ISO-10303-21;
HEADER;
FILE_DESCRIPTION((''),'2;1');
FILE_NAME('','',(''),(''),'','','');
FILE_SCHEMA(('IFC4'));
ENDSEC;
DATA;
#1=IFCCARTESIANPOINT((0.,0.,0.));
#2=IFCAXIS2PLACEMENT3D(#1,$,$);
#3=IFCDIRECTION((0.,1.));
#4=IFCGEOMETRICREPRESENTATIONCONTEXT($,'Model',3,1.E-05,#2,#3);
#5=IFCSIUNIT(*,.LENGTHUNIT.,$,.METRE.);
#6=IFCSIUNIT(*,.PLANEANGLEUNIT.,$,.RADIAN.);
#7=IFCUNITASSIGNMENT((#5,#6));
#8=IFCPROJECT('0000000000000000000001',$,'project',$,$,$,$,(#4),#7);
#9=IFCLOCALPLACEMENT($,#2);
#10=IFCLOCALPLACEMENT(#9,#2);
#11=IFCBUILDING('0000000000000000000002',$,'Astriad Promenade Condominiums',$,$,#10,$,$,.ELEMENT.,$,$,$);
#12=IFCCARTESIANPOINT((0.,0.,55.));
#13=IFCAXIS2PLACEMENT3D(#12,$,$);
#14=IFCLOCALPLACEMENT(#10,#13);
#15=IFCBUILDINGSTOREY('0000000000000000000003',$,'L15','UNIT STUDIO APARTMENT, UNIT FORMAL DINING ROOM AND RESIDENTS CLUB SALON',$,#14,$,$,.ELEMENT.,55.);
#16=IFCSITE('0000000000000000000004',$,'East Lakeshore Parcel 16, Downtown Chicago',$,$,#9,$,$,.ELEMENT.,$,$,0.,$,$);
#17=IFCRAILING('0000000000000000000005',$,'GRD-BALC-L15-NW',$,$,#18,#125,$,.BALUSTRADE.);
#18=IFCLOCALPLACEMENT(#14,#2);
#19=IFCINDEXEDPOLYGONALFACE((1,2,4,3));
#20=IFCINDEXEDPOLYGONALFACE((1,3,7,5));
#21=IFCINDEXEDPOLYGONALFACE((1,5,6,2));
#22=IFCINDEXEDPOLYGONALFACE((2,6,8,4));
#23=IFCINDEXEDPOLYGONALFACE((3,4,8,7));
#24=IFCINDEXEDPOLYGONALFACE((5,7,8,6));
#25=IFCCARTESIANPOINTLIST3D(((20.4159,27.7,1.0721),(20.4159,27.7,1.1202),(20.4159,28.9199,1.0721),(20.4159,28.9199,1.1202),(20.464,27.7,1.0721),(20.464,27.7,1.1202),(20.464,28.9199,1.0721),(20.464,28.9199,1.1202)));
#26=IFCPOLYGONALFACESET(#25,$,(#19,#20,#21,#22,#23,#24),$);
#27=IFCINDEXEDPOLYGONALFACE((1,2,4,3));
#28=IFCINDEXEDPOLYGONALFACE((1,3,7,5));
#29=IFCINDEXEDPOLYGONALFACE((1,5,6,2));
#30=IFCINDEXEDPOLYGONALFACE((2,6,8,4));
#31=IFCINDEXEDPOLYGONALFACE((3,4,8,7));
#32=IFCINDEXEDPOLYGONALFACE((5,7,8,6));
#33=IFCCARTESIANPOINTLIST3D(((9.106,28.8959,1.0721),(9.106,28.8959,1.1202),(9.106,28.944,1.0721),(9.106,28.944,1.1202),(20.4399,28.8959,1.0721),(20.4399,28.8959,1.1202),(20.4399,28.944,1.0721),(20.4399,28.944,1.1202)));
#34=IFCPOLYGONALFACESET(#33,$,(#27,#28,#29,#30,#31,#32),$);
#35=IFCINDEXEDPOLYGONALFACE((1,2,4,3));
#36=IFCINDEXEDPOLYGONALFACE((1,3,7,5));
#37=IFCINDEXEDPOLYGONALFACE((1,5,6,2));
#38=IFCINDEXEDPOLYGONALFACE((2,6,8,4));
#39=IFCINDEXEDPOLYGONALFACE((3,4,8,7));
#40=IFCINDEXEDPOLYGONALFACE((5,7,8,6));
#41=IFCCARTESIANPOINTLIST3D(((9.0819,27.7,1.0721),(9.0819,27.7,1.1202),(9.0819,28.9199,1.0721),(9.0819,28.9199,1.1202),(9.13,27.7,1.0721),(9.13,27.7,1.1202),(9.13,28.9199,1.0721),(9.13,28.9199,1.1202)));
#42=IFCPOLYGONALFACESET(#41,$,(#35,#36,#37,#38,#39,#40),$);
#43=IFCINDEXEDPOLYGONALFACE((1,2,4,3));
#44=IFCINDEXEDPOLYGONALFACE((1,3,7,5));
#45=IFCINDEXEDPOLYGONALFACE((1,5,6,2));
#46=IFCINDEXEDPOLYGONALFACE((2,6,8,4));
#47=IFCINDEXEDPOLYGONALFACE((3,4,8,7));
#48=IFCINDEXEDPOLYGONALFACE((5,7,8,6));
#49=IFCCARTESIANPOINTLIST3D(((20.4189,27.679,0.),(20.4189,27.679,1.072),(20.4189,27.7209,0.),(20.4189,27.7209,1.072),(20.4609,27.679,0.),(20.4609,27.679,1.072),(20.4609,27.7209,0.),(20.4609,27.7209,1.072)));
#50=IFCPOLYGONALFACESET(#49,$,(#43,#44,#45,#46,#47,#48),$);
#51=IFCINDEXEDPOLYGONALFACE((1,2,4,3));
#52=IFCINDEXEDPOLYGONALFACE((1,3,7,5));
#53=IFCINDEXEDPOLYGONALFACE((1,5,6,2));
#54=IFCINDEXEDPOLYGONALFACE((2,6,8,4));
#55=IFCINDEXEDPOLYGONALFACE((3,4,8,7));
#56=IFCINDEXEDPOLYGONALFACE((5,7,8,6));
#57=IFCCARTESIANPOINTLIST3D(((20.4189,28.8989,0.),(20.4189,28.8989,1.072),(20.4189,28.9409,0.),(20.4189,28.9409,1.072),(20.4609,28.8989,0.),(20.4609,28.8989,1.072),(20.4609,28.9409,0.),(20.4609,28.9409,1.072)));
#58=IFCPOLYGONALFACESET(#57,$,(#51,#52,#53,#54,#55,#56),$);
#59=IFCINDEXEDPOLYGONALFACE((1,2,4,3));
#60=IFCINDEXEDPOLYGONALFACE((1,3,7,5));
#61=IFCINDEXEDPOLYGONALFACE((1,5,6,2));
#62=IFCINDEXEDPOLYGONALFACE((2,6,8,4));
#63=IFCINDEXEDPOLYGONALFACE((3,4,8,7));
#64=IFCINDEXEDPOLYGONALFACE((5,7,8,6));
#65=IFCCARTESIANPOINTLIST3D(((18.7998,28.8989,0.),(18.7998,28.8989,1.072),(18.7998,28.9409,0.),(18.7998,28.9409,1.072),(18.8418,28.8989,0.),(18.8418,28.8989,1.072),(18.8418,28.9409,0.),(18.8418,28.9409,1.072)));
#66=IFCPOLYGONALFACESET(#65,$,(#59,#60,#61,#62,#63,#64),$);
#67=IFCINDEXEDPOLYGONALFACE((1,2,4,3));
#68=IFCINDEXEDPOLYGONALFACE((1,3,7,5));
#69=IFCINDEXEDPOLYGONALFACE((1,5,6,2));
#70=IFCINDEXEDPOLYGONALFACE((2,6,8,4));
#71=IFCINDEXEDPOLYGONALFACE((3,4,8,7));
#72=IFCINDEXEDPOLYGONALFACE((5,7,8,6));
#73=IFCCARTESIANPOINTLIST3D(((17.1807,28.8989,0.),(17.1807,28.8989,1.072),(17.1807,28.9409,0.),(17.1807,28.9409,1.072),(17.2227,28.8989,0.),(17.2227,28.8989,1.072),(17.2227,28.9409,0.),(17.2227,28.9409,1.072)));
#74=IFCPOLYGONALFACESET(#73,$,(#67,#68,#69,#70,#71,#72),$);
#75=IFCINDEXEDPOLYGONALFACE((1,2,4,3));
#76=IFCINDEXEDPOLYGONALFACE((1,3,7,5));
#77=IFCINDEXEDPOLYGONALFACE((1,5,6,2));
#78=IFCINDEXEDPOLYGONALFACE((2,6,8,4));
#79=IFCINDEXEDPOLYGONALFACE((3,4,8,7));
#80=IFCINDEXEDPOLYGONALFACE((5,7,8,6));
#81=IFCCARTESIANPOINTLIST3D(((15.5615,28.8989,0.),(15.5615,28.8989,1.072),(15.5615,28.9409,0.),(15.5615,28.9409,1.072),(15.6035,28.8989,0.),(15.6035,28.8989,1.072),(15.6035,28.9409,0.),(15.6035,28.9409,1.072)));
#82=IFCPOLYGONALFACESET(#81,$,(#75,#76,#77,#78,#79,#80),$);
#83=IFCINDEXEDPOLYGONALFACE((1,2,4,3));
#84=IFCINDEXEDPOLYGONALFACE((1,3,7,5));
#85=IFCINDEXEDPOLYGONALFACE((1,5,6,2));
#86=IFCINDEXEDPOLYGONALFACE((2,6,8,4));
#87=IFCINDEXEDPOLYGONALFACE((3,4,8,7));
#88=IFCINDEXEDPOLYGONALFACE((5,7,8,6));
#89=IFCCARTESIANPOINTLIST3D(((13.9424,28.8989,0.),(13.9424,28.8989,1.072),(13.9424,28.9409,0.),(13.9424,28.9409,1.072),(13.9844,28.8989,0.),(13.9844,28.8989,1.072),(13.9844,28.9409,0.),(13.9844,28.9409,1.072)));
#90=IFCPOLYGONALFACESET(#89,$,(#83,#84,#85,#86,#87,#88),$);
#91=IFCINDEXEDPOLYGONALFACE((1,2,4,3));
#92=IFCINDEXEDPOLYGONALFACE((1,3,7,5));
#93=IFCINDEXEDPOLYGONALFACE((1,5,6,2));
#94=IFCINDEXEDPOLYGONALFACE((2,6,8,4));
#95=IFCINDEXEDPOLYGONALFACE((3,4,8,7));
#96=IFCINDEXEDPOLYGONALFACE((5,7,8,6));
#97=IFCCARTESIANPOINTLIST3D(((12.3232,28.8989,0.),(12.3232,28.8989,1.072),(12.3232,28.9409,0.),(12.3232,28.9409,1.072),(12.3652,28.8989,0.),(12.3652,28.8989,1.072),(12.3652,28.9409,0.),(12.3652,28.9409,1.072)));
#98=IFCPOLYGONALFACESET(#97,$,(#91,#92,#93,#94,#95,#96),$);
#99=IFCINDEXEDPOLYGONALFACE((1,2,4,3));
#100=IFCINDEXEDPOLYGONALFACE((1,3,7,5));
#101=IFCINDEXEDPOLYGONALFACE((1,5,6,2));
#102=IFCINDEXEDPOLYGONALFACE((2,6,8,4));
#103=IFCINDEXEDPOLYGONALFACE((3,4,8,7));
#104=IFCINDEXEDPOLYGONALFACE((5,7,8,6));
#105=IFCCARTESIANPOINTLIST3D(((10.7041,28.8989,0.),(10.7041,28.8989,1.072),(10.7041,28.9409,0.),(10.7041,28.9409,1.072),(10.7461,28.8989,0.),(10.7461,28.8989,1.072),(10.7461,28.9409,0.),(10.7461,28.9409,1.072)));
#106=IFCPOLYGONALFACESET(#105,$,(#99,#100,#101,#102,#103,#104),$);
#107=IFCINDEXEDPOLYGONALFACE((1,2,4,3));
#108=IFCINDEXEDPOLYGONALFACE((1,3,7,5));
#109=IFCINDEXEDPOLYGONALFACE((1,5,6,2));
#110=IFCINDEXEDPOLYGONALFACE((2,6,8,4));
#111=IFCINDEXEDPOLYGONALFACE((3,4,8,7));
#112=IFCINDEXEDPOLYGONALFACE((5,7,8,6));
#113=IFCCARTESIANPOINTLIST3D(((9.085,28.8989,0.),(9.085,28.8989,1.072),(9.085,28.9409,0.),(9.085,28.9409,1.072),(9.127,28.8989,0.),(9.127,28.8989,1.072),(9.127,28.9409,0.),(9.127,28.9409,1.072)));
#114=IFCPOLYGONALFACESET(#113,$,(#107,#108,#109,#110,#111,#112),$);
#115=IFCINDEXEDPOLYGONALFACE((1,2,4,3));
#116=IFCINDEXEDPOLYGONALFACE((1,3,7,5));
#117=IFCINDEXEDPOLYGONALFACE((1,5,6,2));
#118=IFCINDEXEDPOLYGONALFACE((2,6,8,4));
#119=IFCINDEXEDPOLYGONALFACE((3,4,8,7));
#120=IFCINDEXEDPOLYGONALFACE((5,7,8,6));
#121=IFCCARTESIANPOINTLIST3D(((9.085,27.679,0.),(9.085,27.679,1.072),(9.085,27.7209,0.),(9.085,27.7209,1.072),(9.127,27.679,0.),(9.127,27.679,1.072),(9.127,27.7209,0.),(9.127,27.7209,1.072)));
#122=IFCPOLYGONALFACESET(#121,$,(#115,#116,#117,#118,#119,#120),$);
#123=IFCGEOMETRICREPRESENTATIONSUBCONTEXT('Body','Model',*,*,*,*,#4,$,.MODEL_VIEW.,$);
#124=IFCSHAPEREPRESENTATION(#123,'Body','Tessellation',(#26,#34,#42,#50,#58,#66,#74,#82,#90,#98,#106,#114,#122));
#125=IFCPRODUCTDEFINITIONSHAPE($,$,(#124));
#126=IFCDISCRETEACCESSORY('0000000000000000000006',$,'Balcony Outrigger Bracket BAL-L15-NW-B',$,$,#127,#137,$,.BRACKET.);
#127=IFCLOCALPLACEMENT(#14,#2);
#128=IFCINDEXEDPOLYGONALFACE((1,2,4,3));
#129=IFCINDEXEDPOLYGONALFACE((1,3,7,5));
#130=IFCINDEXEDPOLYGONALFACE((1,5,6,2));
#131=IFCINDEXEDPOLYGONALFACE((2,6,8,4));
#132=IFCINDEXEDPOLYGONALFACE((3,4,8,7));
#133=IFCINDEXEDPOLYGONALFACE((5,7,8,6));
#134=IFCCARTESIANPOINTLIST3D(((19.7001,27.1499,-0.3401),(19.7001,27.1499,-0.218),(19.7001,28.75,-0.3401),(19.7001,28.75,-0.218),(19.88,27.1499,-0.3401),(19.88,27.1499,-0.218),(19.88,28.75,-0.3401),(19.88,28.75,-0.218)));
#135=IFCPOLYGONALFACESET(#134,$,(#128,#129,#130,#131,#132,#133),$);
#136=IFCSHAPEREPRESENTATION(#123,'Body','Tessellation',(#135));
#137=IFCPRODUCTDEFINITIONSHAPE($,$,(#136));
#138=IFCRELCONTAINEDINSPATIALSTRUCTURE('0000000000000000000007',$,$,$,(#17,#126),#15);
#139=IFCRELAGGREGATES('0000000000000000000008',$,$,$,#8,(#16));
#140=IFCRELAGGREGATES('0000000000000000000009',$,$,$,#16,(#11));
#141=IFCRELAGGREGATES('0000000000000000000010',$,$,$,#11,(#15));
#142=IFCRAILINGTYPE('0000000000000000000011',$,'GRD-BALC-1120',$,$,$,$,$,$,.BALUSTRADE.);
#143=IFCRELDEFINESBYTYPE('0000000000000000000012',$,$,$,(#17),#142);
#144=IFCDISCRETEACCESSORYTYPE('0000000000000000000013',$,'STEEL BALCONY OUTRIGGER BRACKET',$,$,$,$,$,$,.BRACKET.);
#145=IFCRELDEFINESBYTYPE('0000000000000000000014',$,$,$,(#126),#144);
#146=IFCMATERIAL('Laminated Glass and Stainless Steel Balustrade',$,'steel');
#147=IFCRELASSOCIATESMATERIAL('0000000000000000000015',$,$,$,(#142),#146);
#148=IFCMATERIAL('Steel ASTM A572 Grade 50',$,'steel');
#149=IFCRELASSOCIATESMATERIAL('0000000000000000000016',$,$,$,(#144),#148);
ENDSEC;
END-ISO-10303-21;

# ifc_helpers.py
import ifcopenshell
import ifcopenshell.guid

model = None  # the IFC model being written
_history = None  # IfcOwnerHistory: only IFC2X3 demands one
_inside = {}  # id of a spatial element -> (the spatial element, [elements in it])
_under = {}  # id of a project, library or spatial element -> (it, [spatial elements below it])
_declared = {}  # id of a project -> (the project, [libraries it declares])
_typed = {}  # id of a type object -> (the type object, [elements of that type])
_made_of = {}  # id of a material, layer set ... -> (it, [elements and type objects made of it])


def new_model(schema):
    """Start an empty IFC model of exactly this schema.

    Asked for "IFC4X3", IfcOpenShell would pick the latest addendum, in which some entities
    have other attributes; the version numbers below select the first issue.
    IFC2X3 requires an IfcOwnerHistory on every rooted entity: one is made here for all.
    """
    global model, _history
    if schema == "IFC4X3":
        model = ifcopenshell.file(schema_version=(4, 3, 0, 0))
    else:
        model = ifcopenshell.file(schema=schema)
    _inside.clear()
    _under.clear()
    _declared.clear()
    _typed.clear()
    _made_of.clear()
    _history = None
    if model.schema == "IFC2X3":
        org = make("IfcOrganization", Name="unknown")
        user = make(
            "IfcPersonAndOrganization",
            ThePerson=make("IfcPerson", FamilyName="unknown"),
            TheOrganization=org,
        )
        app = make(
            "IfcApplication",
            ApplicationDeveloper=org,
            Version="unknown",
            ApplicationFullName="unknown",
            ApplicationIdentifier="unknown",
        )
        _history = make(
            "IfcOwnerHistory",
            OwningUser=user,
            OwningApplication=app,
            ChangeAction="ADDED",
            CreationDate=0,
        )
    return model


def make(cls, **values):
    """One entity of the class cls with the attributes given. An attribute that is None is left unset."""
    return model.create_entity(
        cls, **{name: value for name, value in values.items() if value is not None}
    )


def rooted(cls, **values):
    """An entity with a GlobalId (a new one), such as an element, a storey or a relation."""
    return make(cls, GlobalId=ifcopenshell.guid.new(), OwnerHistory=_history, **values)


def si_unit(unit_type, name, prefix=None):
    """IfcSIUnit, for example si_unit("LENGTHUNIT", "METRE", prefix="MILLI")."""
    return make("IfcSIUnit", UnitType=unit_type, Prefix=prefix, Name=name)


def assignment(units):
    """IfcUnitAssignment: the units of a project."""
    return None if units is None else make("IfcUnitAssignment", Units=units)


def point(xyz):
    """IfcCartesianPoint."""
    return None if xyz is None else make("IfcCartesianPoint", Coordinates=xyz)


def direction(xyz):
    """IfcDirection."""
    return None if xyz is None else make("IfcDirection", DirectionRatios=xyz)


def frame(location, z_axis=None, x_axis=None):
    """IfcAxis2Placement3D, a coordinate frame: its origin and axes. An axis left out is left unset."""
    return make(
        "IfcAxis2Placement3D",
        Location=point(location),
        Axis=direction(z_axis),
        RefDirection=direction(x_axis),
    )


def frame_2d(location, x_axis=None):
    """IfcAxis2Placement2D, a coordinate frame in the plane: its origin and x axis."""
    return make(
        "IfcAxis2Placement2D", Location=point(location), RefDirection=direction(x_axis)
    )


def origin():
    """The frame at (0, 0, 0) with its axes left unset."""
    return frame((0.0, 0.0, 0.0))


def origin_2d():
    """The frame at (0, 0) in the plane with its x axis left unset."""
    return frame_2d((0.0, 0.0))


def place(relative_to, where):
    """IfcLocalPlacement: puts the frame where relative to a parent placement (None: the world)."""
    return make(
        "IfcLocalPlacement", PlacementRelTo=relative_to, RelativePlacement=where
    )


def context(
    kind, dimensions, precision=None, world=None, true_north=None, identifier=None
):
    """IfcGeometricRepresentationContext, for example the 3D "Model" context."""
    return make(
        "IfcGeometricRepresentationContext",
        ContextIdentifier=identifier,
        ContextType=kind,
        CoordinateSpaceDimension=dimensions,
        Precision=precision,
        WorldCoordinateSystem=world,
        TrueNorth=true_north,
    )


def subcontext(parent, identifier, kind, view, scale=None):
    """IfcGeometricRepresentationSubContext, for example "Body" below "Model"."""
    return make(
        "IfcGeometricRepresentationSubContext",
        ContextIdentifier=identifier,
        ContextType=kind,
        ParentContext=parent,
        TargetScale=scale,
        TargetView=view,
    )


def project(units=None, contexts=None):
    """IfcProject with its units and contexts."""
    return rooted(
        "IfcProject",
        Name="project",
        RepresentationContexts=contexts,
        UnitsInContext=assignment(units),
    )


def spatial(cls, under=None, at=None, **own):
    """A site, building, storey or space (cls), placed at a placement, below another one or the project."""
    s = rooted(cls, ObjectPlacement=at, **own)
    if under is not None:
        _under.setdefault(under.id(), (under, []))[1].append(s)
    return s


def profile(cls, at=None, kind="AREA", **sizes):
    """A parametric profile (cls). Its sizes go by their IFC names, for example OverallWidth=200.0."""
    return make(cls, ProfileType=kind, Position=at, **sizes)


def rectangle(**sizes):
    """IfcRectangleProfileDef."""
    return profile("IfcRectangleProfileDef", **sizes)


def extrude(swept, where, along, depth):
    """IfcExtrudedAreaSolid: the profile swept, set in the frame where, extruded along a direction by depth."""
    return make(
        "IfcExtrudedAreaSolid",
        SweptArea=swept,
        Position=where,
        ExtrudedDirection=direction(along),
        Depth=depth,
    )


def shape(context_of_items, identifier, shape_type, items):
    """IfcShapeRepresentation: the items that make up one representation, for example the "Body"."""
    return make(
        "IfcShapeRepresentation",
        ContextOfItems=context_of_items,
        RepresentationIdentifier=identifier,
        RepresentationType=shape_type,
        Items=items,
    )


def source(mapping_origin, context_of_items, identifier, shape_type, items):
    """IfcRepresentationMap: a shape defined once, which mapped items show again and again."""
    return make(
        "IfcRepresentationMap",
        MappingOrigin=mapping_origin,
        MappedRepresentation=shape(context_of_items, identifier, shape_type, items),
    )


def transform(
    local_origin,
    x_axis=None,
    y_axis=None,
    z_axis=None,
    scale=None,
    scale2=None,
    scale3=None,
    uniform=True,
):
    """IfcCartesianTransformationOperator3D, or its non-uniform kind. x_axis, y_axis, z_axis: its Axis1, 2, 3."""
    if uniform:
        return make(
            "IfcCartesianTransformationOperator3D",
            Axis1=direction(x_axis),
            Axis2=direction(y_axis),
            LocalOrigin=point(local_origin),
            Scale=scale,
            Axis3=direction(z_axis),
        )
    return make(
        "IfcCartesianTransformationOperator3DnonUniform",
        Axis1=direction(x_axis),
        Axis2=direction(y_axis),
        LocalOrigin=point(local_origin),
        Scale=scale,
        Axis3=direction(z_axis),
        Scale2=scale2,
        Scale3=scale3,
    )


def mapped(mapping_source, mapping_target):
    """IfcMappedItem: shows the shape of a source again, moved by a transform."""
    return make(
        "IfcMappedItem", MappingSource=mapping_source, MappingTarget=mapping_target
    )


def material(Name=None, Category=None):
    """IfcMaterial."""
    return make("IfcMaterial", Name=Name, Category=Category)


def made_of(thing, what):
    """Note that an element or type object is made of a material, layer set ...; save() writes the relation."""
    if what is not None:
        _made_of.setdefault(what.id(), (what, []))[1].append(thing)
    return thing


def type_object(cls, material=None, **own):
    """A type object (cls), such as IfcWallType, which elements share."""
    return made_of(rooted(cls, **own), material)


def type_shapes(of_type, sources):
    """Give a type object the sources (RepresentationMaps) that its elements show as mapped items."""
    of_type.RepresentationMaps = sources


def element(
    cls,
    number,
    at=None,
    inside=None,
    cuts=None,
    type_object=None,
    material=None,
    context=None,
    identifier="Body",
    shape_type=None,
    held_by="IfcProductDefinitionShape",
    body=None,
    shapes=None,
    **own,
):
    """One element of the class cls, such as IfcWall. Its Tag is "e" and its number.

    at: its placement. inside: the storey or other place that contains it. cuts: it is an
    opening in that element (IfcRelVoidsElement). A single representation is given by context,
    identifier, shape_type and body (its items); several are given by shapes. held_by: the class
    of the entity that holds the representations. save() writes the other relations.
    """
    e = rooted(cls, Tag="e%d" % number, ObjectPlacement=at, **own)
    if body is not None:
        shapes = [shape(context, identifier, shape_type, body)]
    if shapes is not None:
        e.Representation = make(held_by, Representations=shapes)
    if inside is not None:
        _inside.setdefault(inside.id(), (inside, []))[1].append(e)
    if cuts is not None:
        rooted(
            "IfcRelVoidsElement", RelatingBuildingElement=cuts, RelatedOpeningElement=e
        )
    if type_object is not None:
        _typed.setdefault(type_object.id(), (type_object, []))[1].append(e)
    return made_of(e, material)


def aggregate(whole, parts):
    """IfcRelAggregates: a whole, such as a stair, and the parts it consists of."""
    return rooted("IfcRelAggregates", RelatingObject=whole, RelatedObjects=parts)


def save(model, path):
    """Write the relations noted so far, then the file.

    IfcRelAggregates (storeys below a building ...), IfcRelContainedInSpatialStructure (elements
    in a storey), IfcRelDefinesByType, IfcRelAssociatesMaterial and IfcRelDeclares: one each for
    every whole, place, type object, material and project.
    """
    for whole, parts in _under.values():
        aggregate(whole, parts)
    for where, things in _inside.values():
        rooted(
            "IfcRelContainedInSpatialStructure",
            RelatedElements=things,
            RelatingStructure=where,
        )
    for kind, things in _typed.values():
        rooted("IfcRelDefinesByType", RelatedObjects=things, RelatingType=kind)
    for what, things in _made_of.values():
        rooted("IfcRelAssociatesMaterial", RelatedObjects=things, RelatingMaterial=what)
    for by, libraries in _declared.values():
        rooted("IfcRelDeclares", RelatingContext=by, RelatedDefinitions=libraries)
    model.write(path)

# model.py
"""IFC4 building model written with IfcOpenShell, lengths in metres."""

from ifc_helpers import new_model, si_unit, direction, frame, origin, origin_2d, place, context, subcontext, project, spatial, rectangle, extrude, source, transform, mapped, material, type_object, type_shapes, element, save


model = new_model("IFC4")

# Units and contexts
model_context = context("Model", 3, precision=1e-05, world=origin(), true_north=direction((0.0, 1.0)))
body_context = subcontext(model_context, "Body", "Model", "MODEL_VIEW")
ifc_project = project(units=[si_unit("LENGTHUNIT", "METRE"), si_unit("PLANEANGLEUNIT", "RADIAN")], contexts=[model_context])

# Site, building, storey
site_placement = place(None, origin())
site = spatial("IfcSite", under=ifc_project, at=site_placement, Name="East Lakeshore Parcel 16, Downtown Chicago", CompositionType="ELEMENT", RefElevation=0.0)
building_placement = place(site_placement, origin())
building = spatial("IfcBuilding", under=site, at=building_placement, Name="Astriad Promenade Condominiums", CompositionType="ELEMENT")
storey_placement = place(building_placement, frame((0.0, 0.0, 55.0)))
storey = spatial("IfcBuildingStorey", under=building, at=storey_placement, Name="L15", Description="UNIT STUDIO APARTMENT, UNIT FORMAL DINING ROOM AND RESIDENTS CLUB SALON", CompositionType="ELEMENT", Elevation=55.0)

# Railing
ifc_material_1 = material(Name="Laminated Glass and Stainless Steel Balustrade", Category="steel")
railing_type = type_object("IfcRailingType", Name="GRD-BALC-1120", PredefinedType="BALUSTRADE", material=ifc_material_1)
shared_shape_1 = source(origin(), body_context, "Body", "SweptSolid", [
    extrude(rectangle(XDim=0.0481, YDim=0.0481, at=origin_2d()), frame((0.0, 0.0, 1.0962), z_axis=(0.0, 1.0, 0.0), x_axis=(-1.0, 0.0, 0.0)), (0.0, 0.0, 1.0), 1.22),
    extrude(rectangle(XDim=0.0481, YDim=0.0481, at=origin_2d()), frame((0.0, 1.22, 1.0962), z_axis=(-1.0, 0.0, 0.0), x_axis=(0.0, -1.0, 0.0)), (0.0, 0.0, 1.0), 11.334),
    extrude(rectangle(XDim=0.0481, YDim=0.0481, at=origin_2d()), frame((-11.334, 1.22, 1.0962), z_axis=(0.0, -1.0, 0.0), x_axis=(1.0, 0.0, 0.0)), (0.0, 0.0, 1.0), 1.22),
    extrude(rectangle(XDim=0.042, YDim=0.042, at=origin_2d()), origin(), (0.0, 0.0, 1.0), 1.072),
    extrude(rectangle(XDim=0.042, YDim=0.042, at=origin_2d()), frame((0.0, 1.22, 0.0)), (0.0, 0.0, 1.0), 1.072),
    extrude(rectangle(XDim=0.042, YDim=0.042, at=origin_2d()), frame((-1.6191, 1.22, 0.0)), (0.0, 0.0, 1.0), 1.072),
    extrude(rectangle(XDim=0.042, YDim=0.042, at=origin_2d()), frame((-3.2383, 1.22, 0.0)), (0.0, 0.0, 1.0), 1.072),
    extrude(rectangle(XDim=0.042, YDim=0.042, at=origin_2d()), frame((-4.8574, 1.22, 0.0)), (0.0, 0.0, 1.0), 1.072),
    extrude(rectangle(XDim=0.042, YDim=0.042, at=origin_2d()), frame((-6.4766, 1.22, 0.0)), (0.0, 0.0, 1.0), 1.072),
    extrude(rectangle(XDim=0.042, YDim=0.042, at=origin_2d()), frame((-8.0957, 1.22, 0.0)), (0.0, 0.0, 1.0), 1.072),
    extrude(rectangle(XDim=0.042, YDim=0.042, at=origin_2d()), frame((-9.7148, 1.22, 0.0)), (0.0, 0.0, 1.0), 1.072),
    extrude(rectangle(XDim=0.042, YDim=0.042, at=origin_2d()), frame((-11.334, 1.22, 0.0)), (0.0, 0.0, 1.0), 1.072),
    extrude(rectangle(XDim=0.042, YDim=0.042, at=origin_2d()), frame((-11.334, 0.0, 0.0)), (0.0, 0.0, 1.0), 1.072),
])
type_shapes(railing_type, [shared_shape_1])
railing_placement = place(storey_placement, frame((20.4399, 27.7, 0.0)))
element("IfcRailing", 1, at=railing_placement, inside=storey, type_object=railing_type, Name="GRD-BALC-L15-NW", PredefinedType="BALUSTRADE", context=body_context, shape_type="MappedRepresentation", body=[
    mapped(shared_shape_1, transform((0.0, 0.0, 0.0), scale=1.0)),
])

# Discrete accessory
ifc_material_2 = material(Name="Steel ASTM A572 Grade 50", Category="steel")
discrete_accessory_type = type_object("IfcDiscreteAccessoryType", Name="STEEL BALCONY OUTRIGGER BRACKET", PredefinedType="BRACKET", material=ifc_material_2)
shared_shape_2 = source(origin(), body_context, "Body", "SweptSolid", [
    extrude(rectangle(XDim=1.6001, YDim=0.1799, at=origin_2d()), origin(), (0.0, 0.0, 1.0), 0.1221),
])
type_shapes(discrete_accessory_type, [shared_shape_2])
discrete_accessory_placement = place(storey_placement, frame((19.79, 27.95, -0.3401), z_axis=(0.0, 0.0, 1.0), x_axis=(0.0, 1.0, 0.0)))
element("IfcDiscreteAccessory", 2, at=discrete_accessory_placement, inside=storey, type_object=discrete_accessory_type, Name="Balcony Outrigger Bracket BAL-L15-NW-B", PredefinedType="BRACKET", context=body_context, shape_type="MappedRepresentation", body=[
    mapped(shared_shape_2, transform((0.0, 0.0, 0.0), scale=1.0)),
])

save(model, "model.ifc")
